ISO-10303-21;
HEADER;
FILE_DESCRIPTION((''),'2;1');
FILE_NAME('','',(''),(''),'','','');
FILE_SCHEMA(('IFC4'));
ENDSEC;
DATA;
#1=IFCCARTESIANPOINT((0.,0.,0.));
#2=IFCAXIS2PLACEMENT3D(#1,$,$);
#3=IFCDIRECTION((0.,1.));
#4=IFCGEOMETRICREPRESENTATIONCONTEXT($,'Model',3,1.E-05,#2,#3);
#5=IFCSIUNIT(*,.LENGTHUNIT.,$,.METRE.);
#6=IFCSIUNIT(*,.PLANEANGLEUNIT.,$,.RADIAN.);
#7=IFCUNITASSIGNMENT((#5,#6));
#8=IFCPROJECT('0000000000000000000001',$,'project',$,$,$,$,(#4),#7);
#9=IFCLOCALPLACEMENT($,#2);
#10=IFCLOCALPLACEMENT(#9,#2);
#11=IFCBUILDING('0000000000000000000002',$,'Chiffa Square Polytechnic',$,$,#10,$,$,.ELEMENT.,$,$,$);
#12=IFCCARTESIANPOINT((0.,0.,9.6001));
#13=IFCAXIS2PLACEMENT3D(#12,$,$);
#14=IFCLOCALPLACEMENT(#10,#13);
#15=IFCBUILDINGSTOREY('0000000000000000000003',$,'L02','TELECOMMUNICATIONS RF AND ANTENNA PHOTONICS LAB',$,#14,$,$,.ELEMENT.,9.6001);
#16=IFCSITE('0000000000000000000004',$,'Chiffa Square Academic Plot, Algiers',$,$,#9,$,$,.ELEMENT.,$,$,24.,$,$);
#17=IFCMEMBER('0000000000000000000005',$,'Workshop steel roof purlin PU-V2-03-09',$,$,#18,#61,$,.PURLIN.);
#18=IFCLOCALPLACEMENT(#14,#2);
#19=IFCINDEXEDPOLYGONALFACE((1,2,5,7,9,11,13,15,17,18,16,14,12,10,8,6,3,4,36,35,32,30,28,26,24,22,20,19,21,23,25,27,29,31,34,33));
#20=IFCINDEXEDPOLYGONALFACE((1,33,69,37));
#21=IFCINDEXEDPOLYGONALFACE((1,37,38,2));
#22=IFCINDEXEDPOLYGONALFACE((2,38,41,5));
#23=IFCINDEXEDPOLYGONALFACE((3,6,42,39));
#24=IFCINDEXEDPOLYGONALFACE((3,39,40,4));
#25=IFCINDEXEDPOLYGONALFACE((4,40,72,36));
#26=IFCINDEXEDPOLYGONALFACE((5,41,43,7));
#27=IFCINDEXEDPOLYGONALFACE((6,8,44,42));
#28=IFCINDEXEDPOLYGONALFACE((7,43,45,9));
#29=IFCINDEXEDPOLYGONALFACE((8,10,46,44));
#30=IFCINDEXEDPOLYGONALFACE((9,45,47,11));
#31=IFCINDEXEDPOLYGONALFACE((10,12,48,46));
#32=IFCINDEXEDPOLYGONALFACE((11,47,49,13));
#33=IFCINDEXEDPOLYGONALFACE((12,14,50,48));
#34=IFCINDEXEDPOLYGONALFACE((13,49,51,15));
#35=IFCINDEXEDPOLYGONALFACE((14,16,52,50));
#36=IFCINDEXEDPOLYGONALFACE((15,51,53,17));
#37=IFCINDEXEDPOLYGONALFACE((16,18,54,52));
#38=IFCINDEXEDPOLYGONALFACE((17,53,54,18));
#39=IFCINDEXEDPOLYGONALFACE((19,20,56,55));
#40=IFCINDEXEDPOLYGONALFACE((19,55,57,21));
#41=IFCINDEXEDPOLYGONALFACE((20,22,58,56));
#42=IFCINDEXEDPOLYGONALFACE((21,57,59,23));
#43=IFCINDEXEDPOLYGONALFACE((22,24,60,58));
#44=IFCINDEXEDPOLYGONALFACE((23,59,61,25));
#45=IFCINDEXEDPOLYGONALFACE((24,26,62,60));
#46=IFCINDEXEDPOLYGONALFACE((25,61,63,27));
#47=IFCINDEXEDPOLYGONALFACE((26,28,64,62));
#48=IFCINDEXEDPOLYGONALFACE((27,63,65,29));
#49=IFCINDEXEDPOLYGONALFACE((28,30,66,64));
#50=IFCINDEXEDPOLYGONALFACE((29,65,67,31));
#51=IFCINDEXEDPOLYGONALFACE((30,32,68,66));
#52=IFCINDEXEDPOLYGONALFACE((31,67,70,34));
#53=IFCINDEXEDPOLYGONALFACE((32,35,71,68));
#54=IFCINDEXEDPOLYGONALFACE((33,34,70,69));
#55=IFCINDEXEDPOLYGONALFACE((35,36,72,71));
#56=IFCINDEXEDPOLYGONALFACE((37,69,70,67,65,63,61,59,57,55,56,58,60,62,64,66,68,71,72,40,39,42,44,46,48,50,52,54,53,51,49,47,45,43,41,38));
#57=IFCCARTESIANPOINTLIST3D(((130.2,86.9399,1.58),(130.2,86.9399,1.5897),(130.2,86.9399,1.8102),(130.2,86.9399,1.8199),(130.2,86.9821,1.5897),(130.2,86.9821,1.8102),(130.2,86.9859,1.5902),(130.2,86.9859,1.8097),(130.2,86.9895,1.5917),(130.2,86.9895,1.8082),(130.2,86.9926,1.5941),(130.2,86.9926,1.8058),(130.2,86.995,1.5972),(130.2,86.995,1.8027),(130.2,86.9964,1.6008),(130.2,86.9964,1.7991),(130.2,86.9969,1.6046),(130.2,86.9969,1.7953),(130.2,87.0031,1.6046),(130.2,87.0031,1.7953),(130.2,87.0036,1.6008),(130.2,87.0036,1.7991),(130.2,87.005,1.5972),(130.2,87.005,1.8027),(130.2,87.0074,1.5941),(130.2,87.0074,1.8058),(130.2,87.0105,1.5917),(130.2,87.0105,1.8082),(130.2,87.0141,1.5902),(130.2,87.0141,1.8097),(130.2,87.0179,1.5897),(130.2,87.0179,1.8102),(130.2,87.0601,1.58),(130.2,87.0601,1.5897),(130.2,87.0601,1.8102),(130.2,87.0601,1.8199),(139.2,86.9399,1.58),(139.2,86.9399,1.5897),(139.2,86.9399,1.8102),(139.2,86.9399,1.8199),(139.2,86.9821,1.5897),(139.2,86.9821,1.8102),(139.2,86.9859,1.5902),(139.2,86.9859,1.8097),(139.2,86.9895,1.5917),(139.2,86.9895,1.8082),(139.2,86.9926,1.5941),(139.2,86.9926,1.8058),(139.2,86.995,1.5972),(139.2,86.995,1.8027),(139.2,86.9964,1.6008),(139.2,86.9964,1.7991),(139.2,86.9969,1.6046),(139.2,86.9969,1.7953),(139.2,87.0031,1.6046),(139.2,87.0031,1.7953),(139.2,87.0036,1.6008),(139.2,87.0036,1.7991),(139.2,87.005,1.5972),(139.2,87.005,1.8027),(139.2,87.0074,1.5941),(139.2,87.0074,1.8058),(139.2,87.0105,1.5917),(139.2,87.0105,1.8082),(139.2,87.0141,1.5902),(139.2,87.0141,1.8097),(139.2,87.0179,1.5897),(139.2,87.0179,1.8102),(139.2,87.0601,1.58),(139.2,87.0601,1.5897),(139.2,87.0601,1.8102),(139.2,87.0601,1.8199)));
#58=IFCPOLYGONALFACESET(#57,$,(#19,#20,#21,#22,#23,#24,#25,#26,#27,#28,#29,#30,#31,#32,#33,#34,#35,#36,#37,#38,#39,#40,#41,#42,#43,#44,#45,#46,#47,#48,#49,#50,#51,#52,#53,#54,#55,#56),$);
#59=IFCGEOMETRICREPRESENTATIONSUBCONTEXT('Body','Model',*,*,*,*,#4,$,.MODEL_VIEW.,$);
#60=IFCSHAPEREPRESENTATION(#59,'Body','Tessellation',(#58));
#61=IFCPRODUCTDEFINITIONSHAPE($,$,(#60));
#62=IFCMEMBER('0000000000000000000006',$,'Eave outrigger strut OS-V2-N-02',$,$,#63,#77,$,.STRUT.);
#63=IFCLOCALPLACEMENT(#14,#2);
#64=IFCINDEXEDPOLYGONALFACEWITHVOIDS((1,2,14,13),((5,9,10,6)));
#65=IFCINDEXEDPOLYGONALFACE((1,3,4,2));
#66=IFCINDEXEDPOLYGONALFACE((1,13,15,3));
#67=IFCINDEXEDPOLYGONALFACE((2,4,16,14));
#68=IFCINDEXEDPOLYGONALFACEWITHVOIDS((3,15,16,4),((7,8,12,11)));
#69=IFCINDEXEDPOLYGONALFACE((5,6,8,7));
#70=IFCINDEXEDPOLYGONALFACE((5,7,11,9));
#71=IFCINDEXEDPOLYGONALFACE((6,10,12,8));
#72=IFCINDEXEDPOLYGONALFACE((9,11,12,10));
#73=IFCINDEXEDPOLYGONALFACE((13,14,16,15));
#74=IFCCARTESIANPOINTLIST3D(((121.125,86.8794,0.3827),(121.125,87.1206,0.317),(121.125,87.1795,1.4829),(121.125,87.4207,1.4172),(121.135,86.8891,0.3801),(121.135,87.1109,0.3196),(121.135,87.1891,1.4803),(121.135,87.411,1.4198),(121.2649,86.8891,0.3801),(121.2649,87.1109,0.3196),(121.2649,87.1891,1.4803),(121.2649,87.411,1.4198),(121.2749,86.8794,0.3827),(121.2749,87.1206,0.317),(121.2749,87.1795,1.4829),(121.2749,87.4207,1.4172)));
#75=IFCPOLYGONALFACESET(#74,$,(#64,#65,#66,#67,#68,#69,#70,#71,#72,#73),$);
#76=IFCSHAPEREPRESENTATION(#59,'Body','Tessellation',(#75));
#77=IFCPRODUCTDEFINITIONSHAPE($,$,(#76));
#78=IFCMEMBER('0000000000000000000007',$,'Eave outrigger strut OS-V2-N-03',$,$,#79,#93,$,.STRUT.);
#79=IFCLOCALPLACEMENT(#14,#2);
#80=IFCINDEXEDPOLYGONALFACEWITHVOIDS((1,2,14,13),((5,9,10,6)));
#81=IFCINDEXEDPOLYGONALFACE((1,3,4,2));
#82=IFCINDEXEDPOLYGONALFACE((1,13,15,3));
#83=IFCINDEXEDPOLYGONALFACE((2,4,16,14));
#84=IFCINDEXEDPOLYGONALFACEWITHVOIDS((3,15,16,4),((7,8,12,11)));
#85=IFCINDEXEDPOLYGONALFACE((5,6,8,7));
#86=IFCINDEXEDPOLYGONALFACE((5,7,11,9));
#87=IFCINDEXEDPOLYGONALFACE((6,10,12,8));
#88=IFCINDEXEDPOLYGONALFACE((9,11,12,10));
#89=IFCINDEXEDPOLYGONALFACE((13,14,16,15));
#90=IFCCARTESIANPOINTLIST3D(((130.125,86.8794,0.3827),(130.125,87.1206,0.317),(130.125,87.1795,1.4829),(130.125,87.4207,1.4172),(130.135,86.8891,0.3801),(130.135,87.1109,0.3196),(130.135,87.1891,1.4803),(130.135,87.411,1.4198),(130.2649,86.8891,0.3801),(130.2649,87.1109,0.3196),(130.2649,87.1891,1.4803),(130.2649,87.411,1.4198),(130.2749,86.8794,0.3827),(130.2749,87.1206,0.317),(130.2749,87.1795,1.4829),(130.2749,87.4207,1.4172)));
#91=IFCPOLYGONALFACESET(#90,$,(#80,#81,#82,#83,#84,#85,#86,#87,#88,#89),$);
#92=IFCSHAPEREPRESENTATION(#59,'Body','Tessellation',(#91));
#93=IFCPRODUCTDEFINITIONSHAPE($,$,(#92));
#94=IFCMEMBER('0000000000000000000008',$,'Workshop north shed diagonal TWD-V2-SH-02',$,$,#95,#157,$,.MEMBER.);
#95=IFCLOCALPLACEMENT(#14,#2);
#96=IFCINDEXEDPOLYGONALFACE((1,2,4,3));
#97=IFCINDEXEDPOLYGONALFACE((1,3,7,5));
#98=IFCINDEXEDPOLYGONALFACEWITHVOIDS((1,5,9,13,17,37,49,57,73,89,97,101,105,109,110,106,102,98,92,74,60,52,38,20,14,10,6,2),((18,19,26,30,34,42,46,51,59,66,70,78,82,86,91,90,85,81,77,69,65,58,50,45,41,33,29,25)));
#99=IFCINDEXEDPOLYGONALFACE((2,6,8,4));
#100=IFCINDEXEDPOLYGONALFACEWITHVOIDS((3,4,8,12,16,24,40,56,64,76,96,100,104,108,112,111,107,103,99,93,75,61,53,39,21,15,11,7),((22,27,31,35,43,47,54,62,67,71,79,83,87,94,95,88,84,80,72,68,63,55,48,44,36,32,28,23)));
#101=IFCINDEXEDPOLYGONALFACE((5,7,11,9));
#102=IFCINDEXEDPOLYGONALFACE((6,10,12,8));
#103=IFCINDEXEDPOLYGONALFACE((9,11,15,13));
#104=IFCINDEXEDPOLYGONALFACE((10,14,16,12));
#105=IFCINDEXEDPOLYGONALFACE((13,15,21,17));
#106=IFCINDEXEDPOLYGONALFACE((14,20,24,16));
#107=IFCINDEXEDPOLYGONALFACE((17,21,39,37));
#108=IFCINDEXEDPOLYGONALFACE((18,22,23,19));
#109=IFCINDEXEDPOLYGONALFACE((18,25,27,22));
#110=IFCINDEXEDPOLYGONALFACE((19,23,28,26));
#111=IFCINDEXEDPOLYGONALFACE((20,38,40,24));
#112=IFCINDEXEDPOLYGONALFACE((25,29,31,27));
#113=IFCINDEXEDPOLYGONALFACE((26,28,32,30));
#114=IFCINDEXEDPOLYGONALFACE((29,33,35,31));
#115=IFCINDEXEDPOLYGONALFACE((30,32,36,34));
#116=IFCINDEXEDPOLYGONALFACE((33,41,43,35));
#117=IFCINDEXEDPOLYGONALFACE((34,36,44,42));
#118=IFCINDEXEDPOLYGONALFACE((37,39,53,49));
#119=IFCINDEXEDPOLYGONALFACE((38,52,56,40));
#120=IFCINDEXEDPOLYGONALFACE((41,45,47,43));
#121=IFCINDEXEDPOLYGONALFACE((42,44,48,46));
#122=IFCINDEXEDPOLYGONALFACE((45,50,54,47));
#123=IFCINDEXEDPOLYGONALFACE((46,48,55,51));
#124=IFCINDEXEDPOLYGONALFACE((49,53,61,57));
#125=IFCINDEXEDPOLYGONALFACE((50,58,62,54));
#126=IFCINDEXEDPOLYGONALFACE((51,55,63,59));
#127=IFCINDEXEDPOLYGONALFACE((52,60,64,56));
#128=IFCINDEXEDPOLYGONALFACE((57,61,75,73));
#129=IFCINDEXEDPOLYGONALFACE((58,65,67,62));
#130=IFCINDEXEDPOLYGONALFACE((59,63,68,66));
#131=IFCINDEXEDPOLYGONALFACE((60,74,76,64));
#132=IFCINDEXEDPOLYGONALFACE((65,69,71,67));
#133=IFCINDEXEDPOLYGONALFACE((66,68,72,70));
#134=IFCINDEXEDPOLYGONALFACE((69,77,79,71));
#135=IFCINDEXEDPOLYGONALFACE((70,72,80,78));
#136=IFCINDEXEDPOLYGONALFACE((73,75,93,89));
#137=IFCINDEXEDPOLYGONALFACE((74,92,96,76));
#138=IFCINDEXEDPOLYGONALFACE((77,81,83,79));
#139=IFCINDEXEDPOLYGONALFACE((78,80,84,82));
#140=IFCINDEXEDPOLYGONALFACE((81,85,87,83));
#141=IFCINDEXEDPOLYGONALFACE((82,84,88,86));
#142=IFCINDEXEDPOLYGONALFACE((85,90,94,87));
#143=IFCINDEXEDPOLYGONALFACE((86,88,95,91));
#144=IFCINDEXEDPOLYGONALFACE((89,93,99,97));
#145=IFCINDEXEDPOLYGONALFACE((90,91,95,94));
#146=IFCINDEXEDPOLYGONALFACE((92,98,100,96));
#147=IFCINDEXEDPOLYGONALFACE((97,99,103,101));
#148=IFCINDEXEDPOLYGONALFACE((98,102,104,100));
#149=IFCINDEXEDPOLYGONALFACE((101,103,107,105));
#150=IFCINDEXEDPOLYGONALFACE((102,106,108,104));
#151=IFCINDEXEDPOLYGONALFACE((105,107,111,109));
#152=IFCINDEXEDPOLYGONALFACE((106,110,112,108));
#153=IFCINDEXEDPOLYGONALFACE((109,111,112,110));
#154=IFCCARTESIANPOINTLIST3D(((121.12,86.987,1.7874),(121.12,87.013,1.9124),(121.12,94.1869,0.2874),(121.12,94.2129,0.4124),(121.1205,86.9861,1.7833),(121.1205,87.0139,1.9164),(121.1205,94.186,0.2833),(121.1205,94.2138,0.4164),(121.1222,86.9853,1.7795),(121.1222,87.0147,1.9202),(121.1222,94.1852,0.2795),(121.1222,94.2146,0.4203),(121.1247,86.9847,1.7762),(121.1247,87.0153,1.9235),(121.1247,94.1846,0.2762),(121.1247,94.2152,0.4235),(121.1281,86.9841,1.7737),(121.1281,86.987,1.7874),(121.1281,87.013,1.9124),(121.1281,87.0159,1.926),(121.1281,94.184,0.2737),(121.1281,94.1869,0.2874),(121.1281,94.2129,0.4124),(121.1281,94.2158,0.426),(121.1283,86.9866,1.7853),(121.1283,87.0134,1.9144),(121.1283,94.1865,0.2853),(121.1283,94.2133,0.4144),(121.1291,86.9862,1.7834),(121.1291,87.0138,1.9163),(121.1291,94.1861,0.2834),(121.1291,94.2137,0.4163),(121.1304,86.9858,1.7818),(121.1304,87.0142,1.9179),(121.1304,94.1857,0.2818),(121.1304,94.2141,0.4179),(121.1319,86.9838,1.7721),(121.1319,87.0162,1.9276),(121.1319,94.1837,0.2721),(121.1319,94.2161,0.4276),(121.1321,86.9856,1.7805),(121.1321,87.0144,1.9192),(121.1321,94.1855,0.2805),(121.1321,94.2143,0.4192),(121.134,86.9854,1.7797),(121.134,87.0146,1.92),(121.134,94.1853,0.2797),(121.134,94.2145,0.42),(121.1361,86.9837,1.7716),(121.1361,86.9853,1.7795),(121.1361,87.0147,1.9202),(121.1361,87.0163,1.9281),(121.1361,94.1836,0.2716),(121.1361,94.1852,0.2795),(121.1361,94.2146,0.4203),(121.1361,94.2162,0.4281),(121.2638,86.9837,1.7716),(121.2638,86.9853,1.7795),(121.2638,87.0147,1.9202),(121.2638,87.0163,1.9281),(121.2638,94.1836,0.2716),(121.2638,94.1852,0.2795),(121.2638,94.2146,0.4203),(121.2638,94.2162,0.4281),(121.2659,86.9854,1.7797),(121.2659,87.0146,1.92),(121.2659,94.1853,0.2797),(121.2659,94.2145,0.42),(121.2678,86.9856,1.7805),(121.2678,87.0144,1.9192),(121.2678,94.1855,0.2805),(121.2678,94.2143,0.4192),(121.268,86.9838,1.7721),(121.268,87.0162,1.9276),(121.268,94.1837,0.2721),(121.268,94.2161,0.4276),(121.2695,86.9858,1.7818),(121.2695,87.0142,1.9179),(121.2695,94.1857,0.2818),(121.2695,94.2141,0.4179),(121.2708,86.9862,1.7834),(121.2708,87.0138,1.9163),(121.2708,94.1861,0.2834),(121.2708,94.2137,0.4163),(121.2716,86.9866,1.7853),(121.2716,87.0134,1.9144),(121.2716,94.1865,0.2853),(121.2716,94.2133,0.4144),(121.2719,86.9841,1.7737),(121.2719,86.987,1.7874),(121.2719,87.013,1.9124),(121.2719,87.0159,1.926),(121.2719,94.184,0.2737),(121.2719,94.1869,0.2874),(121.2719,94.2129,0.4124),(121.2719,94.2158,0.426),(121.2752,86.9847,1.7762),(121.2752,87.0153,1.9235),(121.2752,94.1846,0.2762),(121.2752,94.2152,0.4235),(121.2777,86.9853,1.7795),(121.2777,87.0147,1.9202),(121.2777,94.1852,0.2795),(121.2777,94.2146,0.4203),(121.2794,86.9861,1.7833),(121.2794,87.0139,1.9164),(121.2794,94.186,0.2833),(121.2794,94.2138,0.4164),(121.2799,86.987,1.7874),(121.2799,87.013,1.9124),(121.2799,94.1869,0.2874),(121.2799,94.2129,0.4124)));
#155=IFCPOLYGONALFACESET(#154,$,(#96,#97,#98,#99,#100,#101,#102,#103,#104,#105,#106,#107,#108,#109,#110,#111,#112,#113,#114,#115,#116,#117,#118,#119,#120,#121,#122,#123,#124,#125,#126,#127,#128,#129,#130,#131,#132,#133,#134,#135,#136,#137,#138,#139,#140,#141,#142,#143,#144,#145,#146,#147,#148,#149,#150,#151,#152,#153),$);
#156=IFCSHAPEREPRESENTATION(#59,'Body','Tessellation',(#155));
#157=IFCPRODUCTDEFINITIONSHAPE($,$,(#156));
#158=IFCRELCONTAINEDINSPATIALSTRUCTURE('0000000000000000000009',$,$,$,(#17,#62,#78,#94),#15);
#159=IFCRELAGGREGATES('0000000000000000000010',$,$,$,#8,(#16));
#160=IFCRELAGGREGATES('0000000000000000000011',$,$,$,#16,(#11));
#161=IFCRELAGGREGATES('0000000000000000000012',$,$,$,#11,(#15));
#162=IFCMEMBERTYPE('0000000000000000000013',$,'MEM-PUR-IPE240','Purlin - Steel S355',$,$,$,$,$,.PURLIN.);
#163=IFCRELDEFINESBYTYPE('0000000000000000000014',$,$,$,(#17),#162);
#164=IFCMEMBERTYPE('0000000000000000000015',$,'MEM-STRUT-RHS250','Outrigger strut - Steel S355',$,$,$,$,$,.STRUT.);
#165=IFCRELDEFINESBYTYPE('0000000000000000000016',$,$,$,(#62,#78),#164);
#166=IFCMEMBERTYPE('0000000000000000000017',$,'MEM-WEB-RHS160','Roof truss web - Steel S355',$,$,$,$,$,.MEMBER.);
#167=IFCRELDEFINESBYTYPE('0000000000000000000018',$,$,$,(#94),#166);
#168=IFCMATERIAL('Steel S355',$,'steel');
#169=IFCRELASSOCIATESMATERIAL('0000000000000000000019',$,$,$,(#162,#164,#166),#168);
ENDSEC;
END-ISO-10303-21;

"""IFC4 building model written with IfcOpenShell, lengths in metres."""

from ifc_helpers import new_model, si_unit, direction, frame, origin, origin_2d, place, context, subcontext, project, spatial, hollow_rectangle, i_section, extrude, material, material_profile, profile_set, type_object, element, save


model = new_model("IFC4")

# Units and contexts
model_context = context("Model", 3, precision=1e-05, world=origin(), true_north=direction((0.0, 1.0)))
body_context = subcontext(model_context, "Body", "Model", "MODEL_VIEW")
ifc_project = project(units=[si_unit("LENGTHUNIT", "METRE"), si_unit("PLANEANGLEUNIT", "RADIAN")], contexts=[model_context])

# Site, building, storey
site_placement = place(None, origin())
site = spatial("IfcSite", under=ifc_project, at=site_placement, Name="Chiffa Square Academic Plot, Algiers", CompositionType="ELEMENT", RefElevation=24.0)
building_placement = place(site_placement, origin())
building = spatial("IfcBuilding", under=site, at=building_placement, Name="Chiffa Square Polytechnic", CompositionType="ELEMENT")
storey_placement = place(building_placement, frame((0.0, 0.0, 9.6001)))
storey = spatial("IfcBuildingStorey", under=building, at=storey_placement, Name="L02", Description="TELECOMMUNICATIONS RF AND ANTENNA PHOTONICS LAB", CompositionType="ELEMENT", Elevation=9.6001)

# Shared definitions
ifc_material_1 = material(Name="Steel S355", Category="steel")

# Members
ifc_material_profile_1 = material_profile(ifc_material_1, i_section(OverallWidth=0.1201, OverallDepth=0.24, WebThickness=0.0061, FlangeThickness=0.0098, FilletRadius=0.0149, at=origin_2d()), Name="IPE 240")
ifc_profile_set_1 = profile_set([ifc_material_profile_1], Name="Steel S355")
member_type_1 = type_object("IfcMemberType", Name="MEM-PUR-IPE240", Description="Purlin - Steel S355", PredefinedType="PURLIN", material=ifc_profile_set_1)
for number, where, z_axis, x_axis, name in (
    (1, (130.2, 87.0, 1.7), (1.0, 0.0, 0.0), (0.0, 1.0, 0.0), "Workshop steel roof purlin PU-V2-03-09"),
):
    element("IfcMember", number, at=place(storey_placement, frame(where, z_axis=z_axis, x_axis=x_axis)), inside=storey, type_object=member_type_1, Name=name, PredefinedType="PURLIN", context=body_context, shape_type="SweptSolid", body=[
        extrude(i_section(OverallWidth=0.1201, OverallDepth=0.24, WebThickness=0.0061, FlangeThickness=0.0098, FilletRadius=0.0149, at=origin_2d()), origin(), (0.0, 0.0, 1.0), 9.0),
    ])
ifc_material_profile_2 = material_profile(ifc_material_1, hollow_rectangle(XDim=0.1499, YDim=0.25, WallThickness=0.01, at=origin_2d()), Name="RHS 250x150x10")
ifc_profile_set_2 = profile_set([ifc_material_profile_2], Name="Steel S355")
member_type_2 = type_object("IfcMemberType", Name="MEM-STRUT-RHS250", Description="Outrigger strut - Steel S355", PredefinedType="STRUT", material=ifc_profile_set_2)
for number, where, z_axis, x_axis, name in (
    (2, (121.2, 87.0, 0.3499), (0.0, 0.263136, 0.964759), (-1.0, 0.0, 0.0), "Eave outrigger strut OS-V2-N-02"),
    (3, (130.2, 87.0, 0.3499), (0.0, 0.263136, 0.964759), (-1.0, 0.0, 0.0), "Eave outrigger strut OS-V2-N-03"),
):
    element("IfcMember", number, at=place(storey_placement, frame(where, z_axis=z_axis, x_axis=x_axis)), inside=storey, type_object=member_type_2, Name=name, PredefinedType="STRUT", context=body_context, shape_type="SweptSolid", body=[
        extrude(hollow_rectangle(XDim=0.1499, YDim=0.25, WallThickness=0.01, at=origin_2d()), origin(), (0.0, 0.0, 1.0), 1.1404),
    ])
ifc_material_profile_3 = material_profile(ifc_material_1, hollow_rectangle(XDim=0.1599, YDim=0.1599, WallThickness=0.0081, InnerFilletRadius=0.0081, OuterFilletRadius=0.0161, at=origin_2d()), Name="RHS 160x160x8")
ifc_profile_set_3 = profile_set([ifc_material_profile_3], Name="Steel S355")
member_type_3 = type_object("IfcMemberType", Name="MEM-WEB-RHS160", Description="Roof truss web - Steel S355", PredefinedType="MEMBER", material=ifc_profile_set_3)
member_1_placement = place(storey_placement, frame((121.2, 87.0, 1.8499), z_axis=(0.0, 0.97898, -0.203956), x_axis=(-1.0, 0.0, 0.0)))
element("IfcMember", 4, at=member_1_placement, inside=storey, type_object=member_type_3, Name="Workshop north shed diagonal TWD-V2-SH-02", PredefinedType="MEMBER", context=body_context, shape_type="SweptSolid", body=[
    extrude(hollow_rectangle(XDim=0.1599, YDim=0.1599, WallThickness=0.0081, InnerFilletRadius=0.0081, OuterFilletRadius=0.0161, at=origin_2d()), origin(), (0.0, 0.0, 1.0), 7.3545),
])

save(model, "model.ifc")
